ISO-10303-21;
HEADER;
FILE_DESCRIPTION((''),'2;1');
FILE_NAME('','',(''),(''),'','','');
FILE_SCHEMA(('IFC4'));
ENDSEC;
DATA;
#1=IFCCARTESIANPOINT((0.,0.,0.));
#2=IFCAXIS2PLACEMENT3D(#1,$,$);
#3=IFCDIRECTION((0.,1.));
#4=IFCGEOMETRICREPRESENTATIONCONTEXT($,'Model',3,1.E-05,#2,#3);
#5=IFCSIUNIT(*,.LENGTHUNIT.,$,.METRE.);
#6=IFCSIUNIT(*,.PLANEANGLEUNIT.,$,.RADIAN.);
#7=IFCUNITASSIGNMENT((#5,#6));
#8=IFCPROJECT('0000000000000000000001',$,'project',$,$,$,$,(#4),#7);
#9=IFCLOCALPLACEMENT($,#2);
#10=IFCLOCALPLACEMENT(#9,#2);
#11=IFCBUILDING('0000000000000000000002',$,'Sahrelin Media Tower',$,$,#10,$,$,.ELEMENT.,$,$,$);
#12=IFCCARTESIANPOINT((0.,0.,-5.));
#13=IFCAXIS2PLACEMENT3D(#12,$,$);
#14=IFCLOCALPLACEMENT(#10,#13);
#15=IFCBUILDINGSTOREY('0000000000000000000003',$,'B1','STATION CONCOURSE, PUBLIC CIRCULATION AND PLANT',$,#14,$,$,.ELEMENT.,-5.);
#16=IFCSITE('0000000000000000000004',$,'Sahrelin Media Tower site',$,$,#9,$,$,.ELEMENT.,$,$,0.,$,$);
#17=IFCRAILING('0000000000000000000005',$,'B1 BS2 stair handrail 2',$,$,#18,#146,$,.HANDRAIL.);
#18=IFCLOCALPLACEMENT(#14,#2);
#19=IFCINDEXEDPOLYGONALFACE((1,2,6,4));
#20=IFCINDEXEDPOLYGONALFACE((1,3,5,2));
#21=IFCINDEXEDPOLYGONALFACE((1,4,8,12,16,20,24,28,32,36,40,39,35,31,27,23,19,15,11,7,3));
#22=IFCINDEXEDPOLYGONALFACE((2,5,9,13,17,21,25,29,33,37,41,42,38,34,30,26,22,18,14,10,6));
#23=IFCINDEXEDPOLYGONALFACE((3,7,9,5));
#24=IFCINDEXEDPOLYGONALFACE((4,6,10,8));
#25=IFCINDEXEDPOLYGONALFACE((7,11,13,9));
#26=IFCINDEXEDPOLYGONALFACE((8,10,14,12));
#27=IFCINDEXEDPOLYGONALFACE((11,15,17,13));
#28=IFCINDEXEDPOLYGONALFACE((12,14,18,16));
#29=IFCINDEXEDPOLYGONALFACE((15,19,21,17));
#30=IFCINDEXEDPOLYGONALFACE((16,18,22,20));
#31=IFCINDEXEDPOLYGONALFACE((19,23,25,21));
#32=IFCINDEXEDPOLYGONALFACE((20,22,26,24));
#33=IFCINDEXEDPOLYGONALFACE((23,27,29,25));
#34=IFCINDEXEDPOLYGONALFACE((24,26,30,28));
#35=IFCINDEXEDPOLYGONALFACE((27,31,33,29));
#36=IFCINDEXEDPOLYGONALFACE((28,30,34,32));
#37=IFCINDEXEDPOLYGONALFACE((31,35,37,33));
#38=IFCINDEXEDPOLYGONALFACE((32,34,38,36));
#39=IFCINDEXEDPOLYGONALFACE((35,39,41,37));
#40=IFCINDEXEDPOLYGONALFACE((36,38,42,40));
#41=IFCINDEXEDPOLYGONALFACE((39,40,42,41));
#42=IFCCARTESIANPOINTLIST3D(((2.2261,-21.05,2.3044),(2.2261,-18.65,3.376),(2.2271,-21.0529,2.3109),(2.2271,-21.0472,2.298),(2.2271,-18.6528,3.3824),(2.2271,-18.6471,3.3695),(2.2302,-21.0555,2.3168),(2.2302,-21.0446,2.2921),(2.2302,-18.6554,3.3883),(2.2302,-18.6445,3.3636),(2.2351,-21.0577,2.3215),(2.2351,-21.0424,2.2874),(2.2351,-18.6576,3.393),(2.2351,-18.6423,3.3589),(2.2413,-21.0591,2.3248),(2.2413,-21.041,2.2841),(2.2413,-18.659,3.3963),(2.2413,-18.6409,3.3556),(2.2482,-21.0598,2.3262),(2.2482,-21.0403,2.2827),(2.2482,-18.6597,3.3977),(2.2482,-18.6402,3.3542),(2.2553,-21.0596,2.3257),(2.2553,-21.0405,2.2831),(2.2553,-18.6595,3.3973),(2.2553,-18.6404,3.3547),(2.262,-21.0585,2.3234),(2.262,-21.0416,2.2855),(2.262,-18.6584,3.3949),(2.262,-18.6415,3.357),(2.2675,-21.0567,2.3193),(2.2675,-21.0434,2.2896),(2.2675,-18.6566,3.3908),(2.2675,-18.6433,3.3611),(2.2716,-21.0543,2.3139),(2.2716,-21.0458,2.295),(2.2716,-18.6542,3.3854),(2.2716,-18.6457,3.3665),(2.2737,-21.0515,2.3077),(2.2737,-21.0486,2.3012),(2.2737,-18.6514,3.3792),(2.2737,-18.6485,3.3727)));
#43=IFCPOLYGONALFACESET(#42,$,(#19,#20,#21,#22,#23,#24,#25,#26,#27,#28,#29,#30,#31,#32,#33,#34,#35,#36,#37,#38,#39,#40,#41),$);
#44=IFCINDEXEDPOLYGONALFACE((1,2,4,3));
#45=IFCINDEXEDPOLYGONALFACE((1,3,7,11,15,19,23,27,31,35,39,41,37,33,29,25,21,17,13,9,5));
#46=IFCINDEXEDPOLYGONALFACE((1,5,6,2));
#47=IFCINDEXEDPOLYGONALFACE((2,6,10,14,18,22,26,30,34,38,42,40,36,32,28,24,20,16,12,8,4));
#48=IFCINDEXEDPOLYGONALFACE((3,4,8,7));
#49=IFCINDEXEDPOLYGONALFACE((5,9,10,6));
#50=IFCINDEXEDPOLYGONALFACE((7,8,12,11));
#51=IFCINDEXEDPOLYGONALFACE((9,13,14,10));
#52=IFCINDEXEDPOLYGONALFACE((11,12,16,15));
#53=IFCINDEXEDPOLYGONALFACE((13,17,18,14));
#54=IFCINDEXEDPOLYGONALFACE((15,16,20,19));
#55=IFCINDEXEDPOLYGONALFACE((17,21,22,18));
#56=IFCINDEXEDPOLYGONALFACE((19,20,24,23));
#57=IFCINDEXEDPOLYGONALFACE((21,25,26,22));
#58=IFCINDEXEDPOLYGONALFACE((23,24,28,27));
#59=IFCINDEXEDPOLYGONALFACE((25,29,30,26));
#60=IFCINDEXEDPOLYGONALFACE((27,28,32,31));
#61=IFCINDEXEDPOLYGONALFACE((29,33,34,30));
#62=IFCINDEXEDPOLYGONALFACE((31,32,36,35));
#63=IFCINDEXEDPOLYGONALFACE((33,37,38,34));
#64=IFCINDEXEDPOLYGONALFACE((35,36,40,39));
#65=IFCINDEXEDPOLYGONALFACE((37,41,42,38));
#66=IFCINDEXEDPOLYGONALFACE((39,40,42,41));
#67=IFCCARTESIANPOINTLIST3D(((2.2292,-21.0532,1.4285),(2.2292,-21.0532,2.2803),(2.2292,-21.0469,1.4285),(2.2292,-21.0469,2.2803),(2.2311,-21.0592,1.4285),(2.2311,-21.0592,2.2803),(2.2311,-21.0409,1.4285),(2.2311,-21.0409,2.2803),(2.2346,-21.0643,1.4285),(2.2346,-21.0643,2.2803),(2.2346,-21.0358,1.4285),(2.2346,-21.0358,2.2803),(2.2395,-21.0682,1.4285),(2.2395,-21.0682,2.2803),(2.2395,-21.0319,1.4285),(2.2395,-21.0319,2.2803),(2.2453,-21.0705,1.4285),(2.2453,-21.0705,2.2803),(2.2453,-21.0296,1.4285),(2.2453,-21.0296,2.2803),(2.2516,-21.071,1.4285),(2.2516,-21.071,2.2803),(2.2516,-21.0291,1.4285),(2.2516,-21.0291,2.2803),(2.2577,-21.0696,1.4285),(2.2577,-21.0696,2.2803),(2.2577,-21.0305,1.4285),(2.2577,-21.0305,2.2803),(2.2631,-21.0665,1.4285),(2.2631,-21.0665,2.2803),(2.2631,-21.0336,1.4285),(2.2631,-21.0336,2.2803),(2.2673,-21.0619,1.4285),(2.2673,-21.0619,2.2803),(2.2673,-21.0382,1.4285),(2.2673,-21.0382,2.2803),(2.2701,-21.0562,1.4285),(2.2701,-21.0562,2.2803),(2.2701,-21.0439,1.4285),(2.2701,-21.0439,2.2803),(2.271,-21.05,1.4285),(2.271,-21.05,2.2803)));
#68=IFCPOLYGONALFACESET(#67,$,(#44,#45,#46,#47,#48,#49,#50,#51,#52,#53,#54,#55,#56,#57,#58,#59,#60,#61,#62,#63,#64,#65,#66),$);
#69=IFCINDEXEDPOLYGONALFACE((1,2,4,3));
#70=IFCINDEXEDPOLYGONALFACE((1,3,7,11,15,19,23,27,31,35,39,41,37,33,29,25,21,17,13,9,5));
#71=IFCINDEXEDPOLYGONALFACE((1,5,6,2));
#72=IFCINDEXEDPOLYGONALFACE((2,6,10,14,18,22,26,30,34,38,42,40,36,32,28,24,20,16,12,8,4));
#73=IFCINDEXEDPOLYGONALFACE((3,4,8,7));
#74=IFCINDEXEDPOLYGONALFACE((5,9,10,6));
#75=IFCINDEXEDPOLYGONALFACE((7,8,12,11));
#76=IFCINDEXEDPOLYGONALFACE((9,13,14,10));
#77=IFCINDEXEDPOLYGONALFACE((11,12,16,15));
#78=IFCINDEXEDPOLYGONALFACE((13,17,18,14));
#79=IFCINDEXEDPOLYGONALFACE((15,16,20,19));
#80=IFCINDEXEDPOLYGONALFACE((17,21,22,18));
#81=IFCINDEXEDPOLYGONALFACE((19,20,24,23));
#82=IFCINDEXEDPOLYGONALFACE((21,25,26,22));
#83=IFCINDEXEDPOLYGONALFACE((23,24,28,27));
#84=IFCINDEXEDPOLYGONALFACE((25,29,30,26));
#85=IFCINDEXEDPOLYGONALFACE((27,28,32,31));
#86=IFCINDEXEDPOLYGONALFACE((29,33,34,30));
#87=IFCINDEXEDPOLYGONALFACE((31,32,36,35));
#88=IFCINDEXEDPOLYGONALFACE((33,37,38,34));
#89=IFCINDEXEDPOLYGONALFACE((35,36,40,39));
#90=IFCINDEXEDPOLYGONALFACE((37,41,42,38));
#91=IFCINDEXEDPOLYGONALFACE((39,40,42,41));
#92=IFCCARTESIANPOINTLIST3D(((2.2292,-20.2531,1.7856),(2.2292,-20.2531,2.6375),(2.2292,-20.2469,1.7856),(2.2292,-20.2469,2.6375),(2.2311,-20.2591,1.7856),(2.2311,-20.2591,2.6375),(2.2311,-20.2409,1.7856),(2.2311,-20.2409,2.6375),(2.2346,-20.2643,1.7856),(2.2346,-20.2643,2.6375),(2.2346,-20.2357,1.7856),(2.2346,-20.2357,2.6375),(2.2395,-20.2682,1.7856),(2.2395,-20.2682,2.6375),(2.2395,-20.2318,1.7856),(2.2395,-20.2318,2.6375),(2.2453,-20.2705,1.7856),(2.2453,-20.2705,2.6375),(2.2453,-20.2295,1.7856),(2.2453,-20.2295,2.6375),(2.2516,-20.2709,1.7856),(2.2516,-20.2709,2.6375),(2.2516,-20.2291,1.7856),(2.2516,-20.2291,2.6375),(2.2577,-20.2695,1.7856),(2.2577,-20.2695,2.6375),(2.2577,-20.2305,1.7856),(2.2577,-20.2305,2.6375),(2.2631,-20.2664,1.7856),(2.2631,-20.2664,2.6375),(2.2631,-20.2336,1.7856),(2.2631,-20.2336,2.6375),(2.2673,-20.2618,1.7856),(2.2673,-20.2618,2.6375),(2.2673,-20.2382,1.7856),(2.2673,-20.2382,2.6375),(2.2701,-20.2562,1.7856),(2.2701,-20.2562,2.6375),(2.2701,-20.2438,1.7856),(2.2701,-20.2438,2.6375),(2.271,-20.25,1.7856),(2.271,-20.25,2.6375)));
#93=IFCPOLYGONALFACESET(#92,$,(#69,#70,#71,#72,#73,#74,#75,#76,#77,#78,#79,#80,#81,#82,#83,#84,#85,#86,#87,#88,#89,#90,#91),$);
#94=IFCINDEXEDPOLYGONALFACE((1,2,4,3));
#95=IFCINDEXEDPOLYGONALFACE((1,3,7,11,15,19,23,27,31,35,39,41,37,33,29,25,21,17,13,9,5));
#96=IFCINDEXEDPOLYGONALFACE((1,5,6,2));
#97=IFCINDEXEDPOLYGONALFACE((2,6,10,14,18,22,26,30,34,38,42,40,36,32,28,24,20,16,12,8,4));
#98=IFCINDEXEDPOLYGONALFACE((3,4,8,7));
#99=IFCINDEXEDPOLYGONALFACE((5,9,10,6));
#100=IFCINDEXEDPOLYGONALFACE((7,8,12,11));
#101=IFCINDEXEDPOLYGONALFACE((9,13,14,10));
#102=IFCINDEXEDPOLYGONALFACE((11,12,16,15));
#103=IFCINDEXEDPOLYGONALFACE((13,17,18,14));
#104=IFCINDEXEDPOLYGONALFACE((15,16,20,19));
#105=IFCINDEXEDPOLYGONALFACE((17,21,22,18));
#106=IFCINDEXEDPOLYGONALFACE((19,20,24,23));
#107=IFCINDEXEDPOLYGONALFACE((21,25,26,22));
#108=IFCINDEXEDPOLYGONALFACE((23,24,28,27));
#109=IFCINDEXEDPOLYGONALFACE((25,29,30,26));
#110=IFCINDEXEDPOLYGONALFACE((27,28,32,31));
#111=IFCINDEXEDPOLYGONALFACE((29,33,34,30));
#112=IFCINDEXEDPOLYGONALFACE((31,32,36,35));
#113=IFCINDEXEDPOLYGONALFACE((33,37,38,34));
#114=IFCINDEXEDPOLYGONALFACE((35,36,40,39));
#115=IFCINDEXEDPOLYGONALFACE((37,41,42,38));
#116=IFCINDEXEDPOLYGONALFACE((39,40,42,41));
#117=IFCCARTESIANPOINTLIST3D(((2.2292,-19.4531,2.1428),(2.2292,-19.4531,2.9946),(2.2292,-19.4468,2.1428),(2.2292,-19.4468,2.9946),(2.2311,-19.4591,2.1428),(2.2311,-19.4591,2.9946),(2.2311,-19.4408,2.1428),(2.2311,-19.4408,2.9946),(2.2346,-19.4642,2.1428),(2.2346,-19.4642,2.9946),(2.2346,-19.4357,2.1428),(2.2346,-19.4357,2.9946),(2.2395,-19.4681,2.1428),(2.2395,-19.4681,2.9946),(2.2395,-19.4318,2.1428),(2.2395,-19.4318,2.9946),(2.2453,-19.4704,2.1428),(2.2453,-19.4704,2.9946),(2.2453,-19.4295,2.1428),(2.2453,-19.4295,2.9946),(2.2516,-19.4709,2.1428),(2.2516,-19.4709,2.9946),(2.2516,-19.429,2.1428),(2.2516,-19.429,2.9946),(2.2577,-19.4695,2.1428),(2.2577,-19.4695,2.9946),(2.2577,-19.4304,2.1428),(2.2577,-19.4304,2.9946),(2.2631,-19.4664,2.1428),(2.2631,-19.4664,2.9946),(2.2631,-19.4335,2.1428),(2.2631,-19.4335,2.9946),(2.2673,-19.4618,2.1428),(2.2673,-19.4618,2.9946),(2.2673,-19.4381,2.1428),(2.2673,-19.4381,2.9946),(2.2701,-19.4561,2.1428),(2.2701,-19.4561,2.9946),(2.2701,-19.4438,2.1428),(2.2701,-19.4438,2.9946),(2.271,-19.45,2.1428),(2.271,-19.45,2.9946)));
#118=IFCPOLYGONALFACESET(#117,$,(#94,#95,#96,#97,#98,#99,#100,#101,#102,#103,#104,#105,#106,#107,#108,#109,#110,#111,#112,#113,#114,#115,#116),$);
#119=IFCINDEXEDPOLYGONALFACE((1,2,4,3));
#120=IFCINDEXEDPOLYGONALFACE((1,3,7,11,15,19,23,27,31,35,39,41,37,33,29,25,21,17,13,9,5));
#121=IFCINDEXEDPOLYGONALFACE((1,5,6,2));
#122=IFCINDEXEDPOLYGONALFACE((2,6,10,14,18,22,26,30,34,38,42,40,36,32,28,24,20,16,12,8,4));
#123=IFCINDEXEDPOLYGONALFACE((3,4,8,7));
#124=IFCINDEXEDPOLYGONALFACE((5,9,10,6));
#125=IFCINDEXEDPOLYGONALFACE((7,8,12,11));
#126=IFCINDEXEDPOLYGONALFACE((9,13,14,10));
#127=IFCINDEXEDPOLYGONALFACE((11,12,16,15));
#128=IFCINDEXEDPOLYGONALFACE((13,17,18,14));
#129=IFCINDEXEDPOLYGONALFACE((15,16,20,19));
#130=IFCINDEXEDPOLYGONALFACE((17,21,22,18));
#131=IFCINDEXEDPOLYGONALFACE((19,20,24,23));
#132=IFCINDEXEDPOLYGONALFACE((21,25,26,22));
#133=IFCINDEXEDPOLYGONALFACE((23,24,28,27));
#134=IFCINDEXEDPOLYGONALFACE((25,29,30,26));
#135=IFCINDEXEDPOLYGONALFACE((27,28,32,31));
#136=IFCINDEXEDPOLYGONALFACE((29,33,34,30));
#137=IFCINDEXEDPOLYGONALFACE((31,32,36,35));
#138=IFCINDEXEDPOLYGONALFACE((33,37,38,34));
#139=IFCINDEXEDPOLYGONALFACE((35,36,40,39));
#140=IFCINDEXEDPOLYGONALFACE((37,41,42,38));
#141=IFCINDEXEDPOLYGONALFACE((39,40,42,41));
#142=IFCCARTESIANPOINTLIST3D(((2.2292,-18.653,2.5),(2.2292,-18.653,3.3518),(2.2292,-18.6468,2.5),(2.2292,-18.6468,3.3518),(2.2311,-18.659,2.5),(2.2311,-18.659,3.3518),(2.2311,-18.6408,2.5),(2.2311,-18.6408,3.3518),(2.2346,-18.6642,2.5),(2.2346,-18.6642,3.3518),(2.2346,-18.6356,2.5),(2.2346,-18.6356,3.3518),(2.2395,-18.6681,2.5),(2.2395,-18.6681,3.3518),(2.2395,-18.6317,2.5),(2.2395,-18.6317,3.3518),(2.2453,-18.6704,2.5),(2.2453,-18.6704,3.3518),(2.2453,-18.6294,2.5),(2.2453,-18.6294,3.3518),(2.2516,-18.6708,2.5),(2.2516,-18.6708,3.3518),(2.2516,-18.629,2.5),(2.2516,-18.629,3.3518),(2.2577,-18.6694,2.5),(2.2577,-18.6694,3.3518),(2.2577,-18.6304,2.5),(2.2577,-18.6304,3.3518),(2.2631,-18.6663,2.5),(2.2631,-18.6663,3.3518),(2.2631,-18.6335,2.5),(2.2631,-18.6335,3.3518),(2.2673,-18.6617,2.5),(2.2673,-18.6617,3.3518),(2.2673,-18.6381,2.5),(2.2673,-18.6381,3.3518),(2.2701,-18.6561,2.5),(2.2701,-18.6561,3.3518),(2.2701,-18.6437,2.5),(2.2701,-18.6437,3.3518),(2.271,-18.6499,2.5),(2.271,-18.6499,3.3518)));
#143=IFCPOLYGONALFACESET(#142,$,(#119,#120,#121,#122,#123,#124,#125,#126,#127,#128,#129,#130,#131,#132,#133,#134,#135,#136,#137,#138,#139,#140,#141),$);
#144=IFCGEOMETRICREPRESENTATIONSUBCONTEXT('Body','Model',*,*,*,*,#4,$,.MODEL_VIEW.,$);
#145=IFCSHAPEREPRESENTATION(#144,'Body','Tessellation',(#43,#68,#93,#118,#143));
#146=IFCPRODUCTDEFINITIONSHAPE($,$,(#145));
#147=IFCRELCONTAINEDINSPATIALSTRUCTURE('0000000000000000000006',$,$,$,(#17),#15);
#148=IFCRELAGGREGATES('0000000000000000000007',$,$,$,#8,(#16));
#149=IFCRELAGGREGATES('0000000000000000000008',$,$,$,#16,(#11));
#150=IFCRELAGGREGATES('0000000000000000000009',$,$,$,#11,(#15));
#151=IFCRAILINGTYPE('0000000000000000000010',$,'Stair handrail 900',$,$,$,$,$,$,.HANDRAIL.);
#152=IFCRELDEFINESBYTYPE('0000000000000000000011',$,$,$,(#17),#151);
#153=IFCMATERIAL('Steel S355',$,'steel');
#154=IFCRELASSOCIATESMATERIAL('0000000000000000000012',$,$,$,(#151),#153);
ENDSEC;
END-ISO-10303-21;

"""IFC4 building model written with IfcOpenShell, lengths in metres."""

from ifc_helpers import new_model, si_unit, direction, frame, origin, origin_2d, place, context, subcontext, project, spatial, circle, extrude, material, type_object, element, save


model = new_model("IFC4")

# Units and contexts
model_context = context("Model", 3, precision=1e-05, world=origin(), true_north=direction((0.0, 1.0)))
body_context = subcontext(model_context, "Body", "Model", "MODEL_VIEW")
ifc_project = project(units=[si_unit("LENGTHUNIT", "METRE"), si_unit("PLANEANGLEUNIT", "RADIAN")], contexts=[model_context])

# Site, building, storey
site_placement = place(None, origin())
site = spatial("IfcSite", under=ifc_project, at=site_placement, Name="Sahrelin Media Tower site", CompositionType="ELEMENT", RefElevation=0.0)
building_placement = place(site_placement, origin())
building = spatial("IfcBuilding", under=site, at=building_placement, Name="Sahrelin Media Tower", CompositionType="ELEMENT")
storey_placement = place(building_placement, frame((0.0, 0.0, -5.0)))
storey = spatial("IfcBuildingStorey", under=building, at=storey_placement, Name="B1", Description="STATION CONCOURSE, PUBLIC CIRCULATION AND PLANT", CompositionType="ELEMENT", Elevation=-5.0)

# Railing
ifc_material_1 = material(Name="Steel S355", Category="steel")
railing_type_1 = type_object("IfcRailingType", Name="Stair handrail 900", PredefinedType="HANDRAIL", material=ifc_material_1)
for number, where, name in (
    (1, (2.25, -21.05, 1.4285), "B1 BS2 stair handrail 2"),
):
    element("IfcRailing", number, at=place(storey_placement, frame(where)), inside=storey, type_object=railing_type_1, Name=name, PredefinedType="HANDRAIL", context=body_context, shape_type="SweptSolid", body=[
        extrude(circle(Radius=0.0239, at=origin_2d()), frame((0.0, 0.0, 0.876), z_axis=(0.0, 0.913132, 0.407663), x_axis=(-1.0, 0.0, 0.0)), (0.0, 0.0, 1.0), 2.6284),
        extrude(circle(Radius=0.021, at=origin_2d()), origin(), (0.0, 0.0, 1.0), 0.8518),
        extrude(circle(Radius=0.021, at=origin_2d()), frame((0.0, 0.8, 0.3572)), (0.0, 0.0, 1.0), 0.8518),
        extrude(circle(Radius=0.021, at=origin_2d()), frame((0.0, 1.6001, 0.7144)), (0.0, 0.0, 1.0), 0.8518),
        extrude(circle(Radius=0.021, at=origin_2d()), frame((0.0, 2.4001, 1.0715)), (0.0, 0.0, 1.0), 0.8518),
    ])

save(model, "model.ifc")
